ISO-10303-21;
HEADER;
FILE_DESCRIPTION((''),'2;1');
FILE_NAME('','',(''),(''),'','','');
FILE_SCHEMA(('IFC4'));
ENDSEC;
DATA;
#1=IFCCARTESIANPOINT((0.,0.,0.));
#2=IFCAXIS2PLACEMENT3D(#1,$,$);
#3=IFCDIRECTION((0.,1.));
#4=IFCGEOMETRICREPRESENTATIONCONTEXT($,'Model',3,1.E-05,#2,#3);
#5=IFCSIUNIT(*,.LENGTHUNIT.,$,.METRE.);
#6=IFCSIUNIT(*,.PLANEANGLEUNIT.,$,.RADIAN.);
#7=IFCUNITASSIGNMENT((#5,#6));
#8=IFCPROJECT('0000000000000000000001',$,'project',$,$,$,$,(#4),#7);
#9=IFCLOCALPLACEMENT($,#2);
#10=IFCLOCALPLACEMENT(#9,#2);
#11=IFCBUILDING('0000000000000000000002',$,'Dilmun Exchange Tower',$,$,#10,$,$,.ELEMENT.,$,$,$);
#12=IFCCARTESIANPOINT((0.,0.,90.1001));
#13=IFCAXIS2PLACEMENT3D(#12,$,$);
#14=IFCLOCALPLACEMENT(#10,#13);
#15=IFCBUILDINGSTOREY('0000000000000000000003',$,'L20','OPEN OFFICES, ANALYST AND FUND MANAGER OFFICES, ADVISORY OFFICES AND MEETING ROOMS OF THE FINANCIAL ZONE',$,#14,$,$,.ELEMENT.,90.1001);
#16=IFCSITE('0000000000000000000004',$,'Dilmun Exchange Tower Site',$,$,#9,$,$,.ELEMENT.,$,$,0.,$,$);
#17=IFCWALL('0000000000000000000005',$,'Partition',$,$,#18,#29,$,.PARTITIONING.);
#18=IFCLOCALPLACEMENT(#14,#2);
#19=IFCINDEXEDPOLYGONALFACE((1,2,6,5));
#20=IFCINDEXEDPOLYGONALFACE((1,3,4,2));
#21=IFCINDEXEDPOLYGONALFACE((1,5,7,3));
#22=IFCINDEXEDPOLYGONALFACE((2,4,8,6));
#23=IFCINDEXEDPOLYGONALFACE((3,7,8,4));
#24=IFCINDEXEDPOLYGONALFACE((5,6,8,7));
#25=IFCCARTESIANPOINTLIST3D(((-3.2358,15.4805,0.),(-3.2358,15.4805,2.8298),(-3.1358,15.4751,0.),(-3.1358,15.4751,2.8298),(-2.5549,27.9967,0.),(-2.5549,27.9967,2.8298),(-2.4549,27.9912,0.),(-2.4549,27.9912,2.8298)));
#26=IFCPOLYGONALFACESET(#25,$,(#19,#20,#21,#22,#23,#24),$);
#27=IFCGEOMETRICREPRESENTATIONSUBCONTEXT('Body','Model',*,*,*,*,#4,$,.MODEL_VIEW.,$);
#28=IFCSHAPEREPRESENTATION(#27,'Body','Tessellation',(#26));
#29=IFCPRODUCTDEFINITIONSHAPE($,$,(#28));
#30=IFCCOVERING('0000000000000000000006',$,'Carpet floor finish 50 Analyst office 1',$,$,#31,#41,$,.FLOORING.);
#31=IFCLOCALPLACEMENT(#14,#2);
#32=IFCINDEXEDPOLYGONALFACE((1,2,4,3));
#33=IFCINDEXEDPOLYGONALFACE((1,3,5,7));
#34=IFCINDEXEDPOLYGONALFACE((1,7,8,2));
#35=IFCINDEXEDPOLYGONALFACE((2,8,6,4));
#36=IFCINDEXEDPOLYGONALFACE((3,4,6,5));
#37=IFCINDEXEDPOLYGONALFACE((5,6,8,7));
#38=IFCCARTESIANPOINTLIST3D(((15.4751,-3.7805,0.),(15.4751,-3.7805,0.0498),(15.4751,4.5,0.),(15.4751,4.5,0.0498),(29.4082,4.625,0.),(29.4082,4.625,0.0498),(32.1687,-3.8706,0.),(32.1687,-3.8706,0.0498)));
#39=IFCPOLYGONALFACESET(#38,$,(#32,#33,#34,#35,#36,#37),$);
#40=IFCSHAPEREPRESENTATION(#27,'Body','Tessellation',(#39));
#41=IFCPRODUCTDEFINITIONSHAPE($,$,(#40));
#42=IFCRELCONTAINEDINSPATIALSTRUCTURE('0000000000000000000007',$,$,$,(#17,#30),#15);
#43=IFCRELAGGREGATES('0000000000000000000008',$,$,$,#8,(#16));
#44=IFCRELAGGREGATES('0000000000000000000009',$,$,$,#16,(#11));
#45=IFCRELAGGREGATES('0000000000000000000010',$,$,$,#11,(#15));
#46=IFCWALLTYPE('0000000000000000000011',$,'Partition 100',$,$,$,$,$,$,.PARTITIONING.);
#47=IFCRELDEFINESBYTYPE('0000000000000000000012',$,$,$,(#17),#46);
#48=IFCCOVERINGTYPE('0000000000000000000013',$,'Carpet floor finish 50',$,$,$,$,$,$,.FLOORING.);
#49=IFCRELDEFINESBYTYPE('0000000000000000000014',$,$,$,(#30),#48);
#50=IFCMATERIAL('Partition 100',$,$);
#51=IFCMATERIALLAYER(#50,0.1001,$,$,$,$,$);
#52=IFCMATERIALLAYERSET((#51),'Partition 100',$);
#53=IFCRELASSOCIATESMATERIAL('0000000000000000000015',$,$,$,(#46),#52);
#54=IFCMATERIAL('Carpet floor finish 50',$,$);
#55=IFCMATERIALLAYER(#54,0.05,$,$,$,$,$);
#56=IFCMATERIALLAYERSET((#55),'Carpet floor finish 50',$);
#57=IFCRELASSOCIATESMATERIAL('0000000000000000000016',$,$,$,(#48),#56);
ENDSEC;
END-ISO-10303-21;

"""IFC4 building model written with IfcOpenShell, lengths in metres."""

from ifc_helpers import new_model, si_unit, direction, frame, frame_2d, origin, place, context, subcontext, project, spatial, polyline, rectangle, outline, extrude, material, layer, layer_set, type_object, element, save


model = new_model("IFC4")

# Units and contexts
model_context = context("Model", 3, precision=1e-05, world=origin(), true_north=direction((0.0, 1.0)))
body_context = subcontext(model_context, "Body", "Model", "MODEL_VIEW")
ifc_project = project(units=[si_unit("LENGTHUNIT", "METRE"), si_unit("PLANEANGLEUNIT", "RADIAN")], contexts=[model_context])

# Site, building, storey
site_placement = place(None, origin())
site = spatial("IfcSite", under=ifc_project, at=site_placement, Name="Dilmun Exchange Tower Site", CompositionType="ELEMENT", RefElevation=0.0)
building_placement = place(site_placement, origin())
building = spatial("IfcBuilding", under=site, at=building_placement, Name="Dilmun Exchange Tower", CompositionType="ELEMENT")
storey_placement = place(building_placement, frame((0.0, 0.0, 90.1001)))
storey = spatial("IfcBuildingStorey", under=building, at=storey_placement, Name="L20", Description="OPEN OFFICES, ANALYST AND FUND MANAGER OFFICES, ADVISORY OFFICES AND MEETING ROOMS OF THE FINANCIAL ZONE", CompositionType="ELEMENT", Elevation=90.1001)

# Wall
ifc_material_1 = material(Name="Partition 100")
ifc_layer_1 = layer(ifc_material_1, 0.1001)
ifc_layer_set_1 = layer_set([ifc_layer_1], Name="Partition 100")
wall_type_1 = type_object("IfcWallType", Name="Partition 100", PredefinedType="PARTITIONING", material=ifc_layer_set_1)
wall_1_placement = place(storey_placement, frame((-3.1858, 15.4778, 0.0), z_axis=(0.0, 0.0, 1.0), x_axis=(0.054322, 0.998523, 0.0)))
element("IfcWall", 1, at=wall_1_placement, inside=storey, type_object=wall_type_1, Name="Partition", PredefinedType="PARTITIONING", context=body_context, shape_type="SweptSolid", body=[
    extrude(rectangle(XDim=12.5347, YDim=0.1001, at=frame_2d((6.2673, 0.0))), origin(), (0.0, 0.0, 1.0), 2.8298),
])

# Covering
ifc_material_2 = material(Name="Carpet floor finish 50")
ifc_layer_2 = layer(ifc_material_2, 0.05)
ifc_layer_set_2 = layer_set([ifc_layer_2], Name="Carpet floor finish 50")
covering_type = type_object("IfcCoveringType", Name="Carpet floor finish 50", PredefinedType="FLOORING", material=ifc_layer_set_2)
covering_placement = place(storey_placement, origin())
element("IfcCovering", 2, at=covering_placement, inside=storey, type_object=covering_type, Name="Carpet floor finish 50 Analyst office 1", PredefinedType="FLOORING", context=body_context, shape_type="SweptSolid", body=[
    extrude(outline(polyline([(15.4751, 4.5), (29.4082, 4.625), (32.1687, -3.8706), (15.4751, -3.7805), (15.4751, 4.5)])), origin(), (0.0, 0.0, 1.0), 0.0498),
])

save(model, "model.ifc")
